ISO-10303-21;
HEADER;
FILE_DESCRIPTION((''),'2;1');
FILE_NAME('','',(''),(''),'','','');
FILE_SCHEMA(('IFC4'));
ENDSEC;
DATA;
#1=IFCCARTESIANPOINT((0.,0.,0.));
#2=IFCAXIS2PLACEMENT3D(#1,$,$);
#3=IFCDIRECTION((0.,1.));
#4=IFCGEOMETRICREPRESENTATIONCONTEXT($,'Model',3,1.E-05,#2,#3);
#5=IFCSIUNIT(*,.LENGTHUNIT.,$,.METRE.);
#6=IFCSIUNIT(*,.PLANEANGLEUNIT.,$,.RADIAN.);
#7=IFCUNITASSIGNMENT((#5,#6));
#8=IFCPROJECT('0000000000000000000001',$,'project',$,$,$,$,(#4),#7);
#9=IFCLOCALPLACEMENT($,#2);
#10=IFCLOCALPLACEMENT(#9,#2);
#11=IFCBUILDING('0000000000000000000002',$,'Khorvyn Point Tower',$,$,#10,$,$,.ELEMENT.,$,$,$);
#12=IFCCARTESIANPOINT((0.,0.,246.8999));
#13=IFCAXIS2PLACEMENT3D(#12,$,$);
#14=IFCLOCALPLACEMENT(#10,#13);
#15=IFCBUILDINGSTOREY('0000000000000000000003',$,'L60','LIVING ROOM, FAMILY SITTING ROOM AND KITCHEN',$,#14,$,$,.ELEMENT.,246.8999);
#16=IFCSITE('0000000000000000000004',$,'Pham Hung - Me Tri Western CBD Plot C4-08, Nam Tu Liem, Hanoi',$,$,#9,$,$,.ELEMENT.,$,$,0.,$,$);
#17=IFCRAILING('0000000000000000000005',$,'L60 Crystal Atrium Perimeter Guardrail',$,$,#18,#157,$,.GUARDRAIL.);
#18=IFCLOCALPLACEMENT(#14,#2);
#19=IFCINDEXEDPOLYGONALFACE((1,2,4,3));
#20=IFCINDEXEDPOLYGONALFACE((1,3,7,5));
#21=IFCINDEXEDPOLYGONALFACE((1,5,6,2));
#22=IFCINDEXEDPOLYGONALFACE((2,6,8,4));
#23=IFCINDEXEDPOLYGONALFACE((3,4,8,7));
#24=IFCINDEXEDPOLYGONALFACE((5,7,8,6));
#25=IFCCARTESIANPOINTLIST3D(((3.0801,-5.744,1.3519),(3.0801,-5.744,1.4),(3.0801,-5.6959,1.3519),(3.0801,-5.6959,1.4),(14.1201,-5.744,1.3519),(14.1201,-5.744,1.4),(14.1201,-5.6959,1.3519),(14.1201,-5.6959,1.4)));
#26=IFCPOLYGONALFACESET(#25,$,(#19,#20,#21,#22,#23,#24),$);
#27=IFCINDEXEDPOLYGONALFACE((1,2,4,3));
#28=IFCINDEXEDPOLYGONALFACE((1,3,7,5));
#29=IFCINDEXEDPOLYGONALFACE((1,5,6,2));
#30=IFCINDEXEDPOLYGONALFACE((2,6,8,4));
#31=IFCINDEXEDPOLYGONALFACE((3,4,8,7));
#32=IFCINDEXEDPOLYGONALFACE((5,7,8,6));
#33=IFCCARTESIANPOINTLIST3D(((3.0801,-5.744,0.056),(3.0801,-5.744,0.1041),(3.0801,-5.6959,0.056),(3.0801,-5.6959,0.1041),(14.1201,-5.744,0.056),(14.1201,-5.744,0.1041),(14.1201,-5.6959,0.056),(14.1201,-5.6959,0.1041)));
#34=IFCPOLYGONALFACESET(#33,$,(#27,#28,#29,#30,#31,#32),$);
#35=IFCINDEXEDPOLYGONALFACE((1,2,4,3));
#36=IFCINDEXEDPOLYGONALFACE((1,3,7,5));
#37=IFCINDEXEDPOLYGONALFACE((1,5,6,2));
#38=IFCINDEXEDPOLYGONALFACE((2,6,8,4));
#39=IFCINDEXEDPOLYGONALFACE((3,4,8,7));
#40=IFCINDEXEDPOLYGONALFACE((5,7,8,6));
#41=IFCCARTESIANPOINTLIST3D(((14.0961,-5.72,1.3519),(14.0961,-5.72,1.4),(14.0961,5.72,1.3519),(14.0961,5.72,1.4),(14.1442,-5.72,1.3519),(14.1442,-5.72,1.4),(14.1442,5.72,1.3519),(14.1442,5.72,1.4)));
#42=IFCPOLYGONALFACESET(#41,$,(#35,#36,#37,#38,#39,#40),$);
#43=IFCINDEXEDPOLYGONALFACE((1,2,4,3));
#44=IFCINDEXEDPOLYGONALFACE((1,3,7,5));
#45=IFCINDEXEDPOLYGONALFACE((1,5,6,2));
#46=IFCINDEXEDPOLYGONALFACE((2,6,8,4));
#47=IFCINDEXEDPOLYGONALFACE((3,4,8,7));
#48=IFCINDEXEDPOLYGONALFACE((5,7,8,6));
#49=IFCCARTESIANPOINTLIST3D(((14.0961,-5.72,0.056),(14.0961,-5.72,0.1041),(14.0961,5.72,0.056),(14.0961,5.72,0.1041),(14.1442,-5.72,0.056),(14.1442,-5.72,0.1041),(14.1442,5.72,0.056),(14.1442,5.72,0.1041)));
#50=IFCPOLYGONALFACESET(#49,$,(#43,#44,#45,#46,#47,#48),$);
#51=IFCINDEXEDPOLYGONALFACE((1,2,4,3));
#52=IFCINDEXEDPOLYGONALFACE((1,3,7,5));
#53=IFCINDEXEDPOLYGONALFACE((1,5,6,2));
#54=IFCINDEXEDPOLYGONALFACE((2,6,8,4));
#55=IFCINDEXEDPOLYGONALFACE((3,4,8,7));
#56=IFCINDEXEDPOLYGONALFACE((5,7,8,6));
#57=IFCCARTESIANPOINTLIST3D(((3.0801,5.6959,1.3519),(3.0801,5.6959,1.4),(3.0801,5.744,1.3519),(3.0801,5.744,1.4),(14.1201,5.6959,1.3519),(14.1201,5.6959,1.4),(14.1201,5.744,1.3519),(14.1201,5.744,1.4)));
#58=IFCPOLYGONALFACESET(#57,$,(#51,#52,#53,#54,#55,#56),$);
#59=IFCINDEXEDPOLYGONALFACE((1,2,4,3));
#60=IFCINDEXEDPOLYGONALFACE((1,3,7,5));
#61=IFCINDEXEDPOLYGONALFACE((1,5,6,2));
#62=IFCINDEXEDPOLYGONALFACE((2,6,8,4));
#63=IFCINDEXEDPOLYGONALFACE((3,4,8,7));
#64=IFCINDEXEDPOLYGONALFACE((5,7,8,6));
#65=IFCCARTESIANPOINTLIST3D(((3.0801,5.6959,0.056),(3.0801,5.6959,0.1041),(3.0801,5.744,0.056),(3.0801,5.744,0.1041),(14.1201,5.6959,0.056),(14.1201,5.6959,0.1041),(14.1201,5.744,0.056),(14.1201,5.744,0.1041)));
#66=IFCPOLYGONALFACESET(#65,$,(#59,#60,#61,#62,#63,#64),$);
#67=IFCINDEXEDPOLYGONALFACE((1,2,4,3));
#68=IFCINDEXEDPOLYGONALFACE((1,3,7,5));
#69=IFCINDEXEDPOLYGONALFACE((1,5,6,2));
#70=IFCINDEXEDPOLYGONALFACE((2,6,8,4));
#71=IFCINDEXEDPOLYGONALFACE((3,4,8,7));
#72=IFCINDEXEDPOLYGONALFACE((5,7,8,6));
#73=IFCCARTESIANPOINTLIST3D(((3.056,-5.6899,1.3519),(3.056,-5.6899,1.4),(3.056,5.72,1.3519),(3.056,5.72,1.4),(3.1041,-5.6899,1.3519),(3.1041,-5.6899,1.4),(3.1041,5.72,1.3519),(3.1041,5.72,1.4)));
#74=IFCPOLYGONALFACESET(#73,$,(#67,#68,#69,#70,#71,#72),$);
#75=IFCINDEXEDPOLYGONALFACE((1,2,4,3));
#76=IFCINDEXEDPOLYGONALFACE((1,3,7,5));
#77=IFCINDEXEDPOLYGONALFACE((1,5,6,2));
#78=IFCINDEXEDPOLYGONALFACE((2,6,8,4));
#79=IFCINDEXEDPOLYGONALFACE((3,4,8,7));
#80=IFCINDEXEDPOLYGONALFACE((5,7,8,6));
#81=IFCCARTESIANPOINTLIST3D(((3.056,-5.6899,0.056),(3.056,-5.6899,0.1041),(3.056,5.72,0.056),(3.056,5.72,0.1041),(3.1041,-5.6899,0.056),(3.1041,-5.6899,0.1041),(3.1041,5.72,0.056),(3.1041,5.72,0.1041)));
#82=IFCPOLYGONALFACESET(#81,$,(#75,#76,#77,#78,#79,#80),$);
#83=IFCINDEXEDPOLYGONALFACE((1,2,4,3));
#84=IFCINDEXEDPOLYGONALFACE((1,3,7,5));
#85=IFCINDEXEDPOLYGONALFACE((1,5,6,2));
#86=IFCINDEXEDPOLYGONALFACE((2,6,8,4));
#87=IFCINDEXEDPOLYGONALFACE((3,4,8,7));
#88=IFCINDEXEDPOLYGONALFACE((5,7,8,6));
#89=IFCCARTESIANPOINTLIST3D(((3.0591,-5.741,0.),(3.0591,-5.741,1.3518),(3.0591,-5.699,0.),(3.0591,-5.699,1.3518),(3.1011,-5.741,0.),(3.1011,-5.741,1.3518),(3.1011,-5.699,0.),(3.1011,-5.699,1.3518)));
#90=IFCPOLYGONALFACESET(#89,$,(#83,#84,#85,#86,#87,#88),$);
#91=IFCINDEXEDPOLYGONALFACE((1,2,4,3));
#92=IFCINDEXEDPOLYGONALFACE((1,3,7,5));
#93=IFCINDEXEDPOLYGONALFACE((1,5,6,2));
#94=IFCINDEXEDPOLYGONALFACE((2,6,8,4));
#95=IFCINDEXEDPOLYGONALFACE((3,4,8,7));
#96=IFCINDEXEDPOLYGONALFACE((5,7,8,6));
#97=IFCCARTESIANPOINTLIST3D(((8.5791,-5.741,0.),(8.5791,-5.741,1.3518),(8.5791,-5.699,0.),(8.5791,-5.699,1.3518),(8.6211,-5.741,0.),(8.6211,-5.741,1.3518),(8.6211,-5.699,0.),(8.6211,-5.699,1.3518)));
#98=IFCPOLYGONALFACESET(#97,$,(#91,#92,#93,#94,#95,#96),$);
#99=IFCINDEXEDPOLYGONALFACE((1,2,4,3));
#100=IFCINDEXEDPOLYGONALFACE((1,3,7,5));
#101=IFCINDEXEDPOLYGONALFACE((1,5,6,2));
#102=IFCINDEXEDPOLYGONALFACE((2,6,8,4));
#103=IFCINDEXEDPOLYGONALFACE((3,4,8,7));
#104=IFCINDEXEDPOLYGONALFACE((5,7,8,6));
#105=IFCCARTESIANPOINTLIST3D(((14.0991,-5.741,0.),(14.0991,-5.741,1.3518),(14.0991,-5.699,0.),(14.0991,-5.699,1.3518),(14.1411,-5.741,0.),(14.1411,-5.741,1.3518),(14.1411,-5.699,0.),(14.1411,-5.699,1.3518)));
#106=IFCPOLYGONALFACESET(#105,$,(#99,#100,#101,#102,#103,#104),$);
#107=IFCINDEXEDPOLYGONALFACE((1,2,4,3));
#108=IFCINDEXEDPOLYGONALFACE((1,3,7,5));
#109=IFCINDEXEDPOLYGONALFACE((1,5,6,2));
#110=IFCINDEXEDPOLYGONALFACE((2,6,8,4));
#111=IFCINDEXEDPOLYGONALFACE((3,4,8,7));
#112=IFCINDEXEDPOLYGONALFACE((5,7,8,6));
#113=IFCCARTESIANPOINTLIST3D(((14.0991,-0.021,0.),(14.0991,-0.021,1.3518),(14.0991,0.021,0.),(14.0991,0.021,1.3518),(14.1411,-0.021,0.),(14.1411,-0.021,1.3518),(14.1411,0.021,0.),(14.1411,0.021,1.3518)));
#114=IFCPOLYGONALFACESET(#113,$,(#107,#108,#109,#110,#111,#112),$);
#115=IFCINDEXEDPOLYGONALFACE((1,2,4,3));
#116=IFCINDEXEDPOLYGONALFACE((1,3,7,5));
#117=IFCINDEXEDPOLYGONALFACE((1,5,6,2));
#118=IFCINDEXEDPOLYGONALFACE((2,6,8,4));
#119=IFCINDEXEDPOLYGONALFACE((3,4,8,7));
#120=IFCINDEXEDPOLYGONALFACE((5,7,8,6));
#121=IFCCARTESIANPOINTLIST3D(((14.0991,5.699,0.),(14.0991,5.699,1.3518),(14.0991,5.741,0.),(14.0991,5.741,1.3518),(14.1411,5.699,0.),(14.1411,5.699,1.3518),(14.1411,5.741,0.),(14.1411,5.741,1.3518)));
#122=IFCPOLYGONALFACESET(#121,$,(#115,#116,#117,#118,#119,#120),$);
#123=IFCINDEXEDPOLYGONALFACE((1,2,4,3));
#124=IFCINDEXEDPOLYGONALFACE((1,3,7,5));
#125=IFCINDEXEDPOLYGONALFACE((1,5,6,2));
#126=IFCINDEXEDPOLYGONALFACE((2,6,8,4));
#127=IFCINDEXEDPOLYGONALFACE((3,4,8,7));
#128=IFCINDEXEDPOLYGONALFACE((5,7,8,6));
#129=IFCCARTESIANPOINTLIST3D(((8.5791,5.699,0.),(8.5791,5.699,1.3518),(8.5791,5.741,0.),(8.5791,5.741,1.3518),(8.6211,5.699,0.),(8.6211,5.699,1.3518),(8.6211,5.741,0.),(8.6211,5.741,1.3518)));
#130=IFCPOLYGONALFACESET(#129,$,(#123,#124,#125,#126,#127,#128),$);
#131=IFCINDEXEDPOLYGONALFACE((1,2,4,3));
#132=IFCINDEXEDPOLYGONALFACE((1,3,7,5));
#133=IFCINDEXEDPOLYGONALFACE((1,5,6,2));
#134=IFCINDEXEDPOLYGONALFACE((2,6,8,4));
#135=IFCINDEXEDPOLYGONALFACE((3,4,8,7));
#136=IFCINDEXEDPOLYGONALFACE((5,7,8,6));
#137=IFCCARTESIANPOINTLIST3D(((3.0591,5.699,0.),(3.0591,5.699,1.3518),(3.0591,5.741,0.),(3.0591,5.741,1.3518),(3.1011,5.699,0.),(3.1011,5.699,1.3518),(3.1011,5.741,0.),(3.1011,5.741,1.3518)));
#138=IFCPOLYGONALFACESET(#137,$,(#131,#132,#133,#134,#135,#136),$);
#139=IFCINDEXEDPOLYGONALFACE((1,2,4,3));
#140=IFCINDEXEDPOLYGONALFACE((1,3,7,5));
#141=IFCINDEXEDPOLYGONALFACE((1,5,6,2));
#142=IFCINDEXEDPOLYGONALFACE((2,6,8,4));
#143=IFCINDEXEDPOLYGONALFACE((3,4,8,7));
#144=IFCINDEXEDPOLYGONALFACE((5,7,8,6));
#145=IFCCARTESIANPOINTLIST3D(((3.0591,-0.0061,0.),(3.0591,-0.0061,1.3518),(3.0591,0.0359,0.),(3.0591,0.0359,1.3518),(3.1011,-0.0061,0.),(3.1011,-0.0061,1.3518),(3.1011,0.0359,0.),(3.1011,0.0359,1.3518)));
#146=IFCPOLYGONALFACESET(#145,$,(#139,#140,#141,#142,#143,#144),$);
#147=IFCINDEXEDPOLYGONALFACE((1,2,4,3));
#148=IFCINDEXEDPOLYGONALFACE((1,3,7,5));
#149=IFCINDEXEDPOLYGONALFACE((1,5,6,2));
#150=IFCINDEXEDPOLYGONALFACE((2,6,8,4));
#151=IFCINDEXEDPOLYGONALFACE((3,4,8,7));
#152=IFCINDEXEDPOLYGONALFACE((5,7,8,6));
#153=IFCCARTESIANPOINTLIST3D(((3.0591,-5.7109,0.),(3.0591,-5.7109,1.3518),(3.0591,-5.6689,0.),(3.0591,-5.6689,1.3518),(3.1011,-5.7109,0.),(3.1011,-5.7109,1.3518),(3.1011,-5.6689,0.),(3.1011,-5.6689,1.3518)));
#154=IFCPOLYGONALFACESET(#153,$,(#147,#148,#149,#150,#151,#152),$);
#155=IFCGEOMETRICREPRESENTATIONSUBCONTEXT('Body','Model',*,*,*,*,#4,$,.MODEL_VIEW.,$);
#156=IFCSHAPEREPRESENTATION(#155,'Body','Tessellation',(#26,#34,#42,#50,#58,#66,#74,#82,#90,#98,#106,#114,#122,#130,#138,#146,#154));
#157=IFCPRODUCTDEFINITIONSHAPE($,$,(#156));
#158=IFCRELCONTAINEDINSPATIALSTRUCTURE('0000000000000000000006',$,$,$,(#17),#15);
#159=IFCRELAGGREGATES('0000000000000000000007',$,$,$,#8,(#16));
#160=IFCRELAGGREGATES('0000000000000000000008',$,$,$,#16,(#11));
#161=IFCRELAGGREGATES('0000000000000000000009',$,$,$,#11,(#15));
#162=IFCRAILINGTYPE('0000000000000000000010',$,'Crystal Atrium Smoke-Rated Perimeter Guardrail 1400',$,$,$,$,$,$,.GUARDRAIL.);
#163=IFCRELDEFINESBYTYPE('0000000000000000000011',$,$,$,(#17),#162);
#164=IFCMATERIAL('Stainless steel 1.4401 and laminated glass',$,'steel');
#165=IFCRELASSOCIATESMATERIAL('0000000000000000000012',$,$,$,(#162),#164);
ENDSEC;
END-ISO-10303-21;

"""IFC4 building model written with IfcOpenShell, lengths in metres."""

from ifc_helpers import new_model, si_unit, direction, frame, origin, origin_2d, place, context, subcontext, project, spatial, rectangle, extrude, material, type_object, element, save


model = new_model("IFC4")

# Units and contexts
model_context = context("Model", 3, precision=1e-05, world=origin(), true_north=direction((0.0, 1.0)))
body_context = subcontext(model_context, "Body", "Model", "MODEL_VIEW")
ifc_project = project(units=[si_unit("LENGTHUNIT", "METRE"), si_unit("PLANEANGLEUNIT", "RADIAN")], contexts=[model_context])

# Site, building, storey
site_placement = place(None, origin())
site = spatial("IfcSite", under=ifc_project, at=site_placement, Name="Pham Hung - Me Tri Western CBD Plot C4-08, Nam Tu Liem, Hanoi", CompositionType="ELEMENT", RefElevation=0.0)
building_placement = place(site_placement, origin())
building = spatial("IfcBuilding", under=site, at=building_placement, Name="Khorvyn Point Tower", CompositionType="ELEMENT")
storey_placement = place(building_placement, frame((0.0, 0.0, 246.8999)))
storey = spatial("IfcBuildingStorey", under=building, at=storey_placement, Name="L60", Description="LIVING ROOM, FAMILY SITTING ROOM AND KITCHEN", CompositionType="ELEMENT", Elevation=246.8999)

# Railing
ifc_material_1 = material(Name="Stainless steel 1.4401 and laminated glass", Category="steel")
railing_type = type_object("IfcRailingType", Name="Crystal Atrium Smoke-Rated Perimeter Guardrail 1400", PredefinedType="GUARDRAIL", material=ifc_material_1)
railing_placement = place(storey_placement, frame((3.0801, -5.72, 0.0)))
element("IfcRailing", 1, at=railing_placement, inside=storey, type_object=railing_type, Name="L60 Crystal Atrium Perimeter Guardrail", PredefinedType="GUARDRAIL", context=body_context, shape_type="SweptSolid", body=[
    extrude(rectangle(XDim=0.0481, YDim=0.0481, at=origin_2d()), frame((0.0, 0.0, 1.376), z_axis=(1.0, 0.0, 0.0), x_axis=(0.0, 1.0, 0.0)), (0.0, 0.0, 1.0), 11.04),
    extrude(rectangle(XDim=0.0481, YDim=0.0481, at=origin_2d()), frame((0.0, 0.0, 0.0801), z_axis=(1.0, 0.0, 0.0), x_axis=(0.0, 1.0, 0.0)), (0.0, 0.0, 1.0), 11.04),
    extrude(rectangle(XDim=0.0481, YDim=0.0481, at=origin_2d()), frame((11.04, 0.0, 1.376), z_axis=(0.0, 1.0, 0.0), x_axis=(-1.0, 0.0, 0.0)), (0.0, 0.0, 1.0), 11.4399),
    extrude(rectangle(XDim=0.0481, YDim=0.0481, at=origin_2d()), frame((11.04, 0.0, 0.0801), z_axis=(0.0, 1.0, 0.0), x_axis=(-1.0, 0.0, 0.0)), (0.0, 0.0, 1.0), 11.4399),
    extrude(rectangle(XDim=0.0481, YDim=0.0481, at=origin_2d()), frame((11.04, 11.4399, 1.376), z_axis=(-1.0, 0.0, 0.0), x_axis=(0.0, -1.0, 0.0)), (0.0, 0.0, 1.0), 11.04),
    extrude(rectangle(XDim=0.0481, YDim=0.0481, at=origin_2d()), frame((11.04, 11.4399, 0.0801), z_axis=(-1.0, 0.0, 0.0), x_axis=(0.0, -1.0, 0.0)), (0.0, 0.0, 1.0), 11.04),
    extrude(rectangle(XDim=0.0481, YDim=0.0481, at=origin_2d()), frame((0.0, 11.4399, 1.376), z_axis=(0.0, -1.0, 0.0), x_axis=(1.0, 0.0, 0.0)), (0.0, 0.0, 1.0), 11.4099),
    extrude(rectangle(XDim=0.0481, YDim=0.0481, at=origin_2d()), frame((0.0, 11.4399, 0.0801), z_axis=(0.0, -1.0, 0.0), x_axis=(1.0, 0.0, 0.0)), (0.0, 0.0, 1.0), 11.4099),
    extrude(rectangle(XDim=0.042, YDim=0.042, at=origin_2d()), origin(), (0.0, 0.0, 1.0), 1.3518),
    extrude(rectangle(XDim=0.042, YDim=0.042, at=origin_2d()), frame((5.52, 0.0, 0.0)), (0.0, 0.0, 1.0), 1.3518),
    extrude(rectangle(XDim=0.042, YDim=0.042, at=origin_2d()), frame((11.04, 0.0, 0.0)), (0.0, 0.0, 1.0), 1.3518),
    extrude(rectangle(XDim=0.042, YDim=0.042, at=origin_2d()), frame((11.04, 5.72, 0.0)), (0.0, 0.0, 1.0), 1.3518),
    extrude(rectangle(XDim=0.042, YDim=0.042, at=origin_2d()), frame((11.04, 11.4399, 0.0)), (0.0, 0.0, 1.0), 1.3518),
    extrude(rectangle(XDim=0.042, YDim=0.042, at=origin_2d()), frame((5.52, 11.4399, 0.0)), (0.0, 0.0, 1.0), 1.3518),
    extrude(rectangle(XDim=0.042, YDim=0.042, at=origin_2d()), frame((0.0, 11.4399, 0.0)), (0.0, 0.0, 1.0), 1.3518),
    extrude(rectangle(XDim=0.042, YDim=0.042, at=origin_2d()), frame((0.0, 5.7349, 0.0)), (0.0, 0.0, 1.0), 1.3518),
    extrude(rectangle(XDim=0.042, YDim=0.042, at=origin_2d()), frame((0.0, 0.03, 0.0)), (0.0, 0.0, 1.0), 1.3518),
])

save(model, "model.ifc")
